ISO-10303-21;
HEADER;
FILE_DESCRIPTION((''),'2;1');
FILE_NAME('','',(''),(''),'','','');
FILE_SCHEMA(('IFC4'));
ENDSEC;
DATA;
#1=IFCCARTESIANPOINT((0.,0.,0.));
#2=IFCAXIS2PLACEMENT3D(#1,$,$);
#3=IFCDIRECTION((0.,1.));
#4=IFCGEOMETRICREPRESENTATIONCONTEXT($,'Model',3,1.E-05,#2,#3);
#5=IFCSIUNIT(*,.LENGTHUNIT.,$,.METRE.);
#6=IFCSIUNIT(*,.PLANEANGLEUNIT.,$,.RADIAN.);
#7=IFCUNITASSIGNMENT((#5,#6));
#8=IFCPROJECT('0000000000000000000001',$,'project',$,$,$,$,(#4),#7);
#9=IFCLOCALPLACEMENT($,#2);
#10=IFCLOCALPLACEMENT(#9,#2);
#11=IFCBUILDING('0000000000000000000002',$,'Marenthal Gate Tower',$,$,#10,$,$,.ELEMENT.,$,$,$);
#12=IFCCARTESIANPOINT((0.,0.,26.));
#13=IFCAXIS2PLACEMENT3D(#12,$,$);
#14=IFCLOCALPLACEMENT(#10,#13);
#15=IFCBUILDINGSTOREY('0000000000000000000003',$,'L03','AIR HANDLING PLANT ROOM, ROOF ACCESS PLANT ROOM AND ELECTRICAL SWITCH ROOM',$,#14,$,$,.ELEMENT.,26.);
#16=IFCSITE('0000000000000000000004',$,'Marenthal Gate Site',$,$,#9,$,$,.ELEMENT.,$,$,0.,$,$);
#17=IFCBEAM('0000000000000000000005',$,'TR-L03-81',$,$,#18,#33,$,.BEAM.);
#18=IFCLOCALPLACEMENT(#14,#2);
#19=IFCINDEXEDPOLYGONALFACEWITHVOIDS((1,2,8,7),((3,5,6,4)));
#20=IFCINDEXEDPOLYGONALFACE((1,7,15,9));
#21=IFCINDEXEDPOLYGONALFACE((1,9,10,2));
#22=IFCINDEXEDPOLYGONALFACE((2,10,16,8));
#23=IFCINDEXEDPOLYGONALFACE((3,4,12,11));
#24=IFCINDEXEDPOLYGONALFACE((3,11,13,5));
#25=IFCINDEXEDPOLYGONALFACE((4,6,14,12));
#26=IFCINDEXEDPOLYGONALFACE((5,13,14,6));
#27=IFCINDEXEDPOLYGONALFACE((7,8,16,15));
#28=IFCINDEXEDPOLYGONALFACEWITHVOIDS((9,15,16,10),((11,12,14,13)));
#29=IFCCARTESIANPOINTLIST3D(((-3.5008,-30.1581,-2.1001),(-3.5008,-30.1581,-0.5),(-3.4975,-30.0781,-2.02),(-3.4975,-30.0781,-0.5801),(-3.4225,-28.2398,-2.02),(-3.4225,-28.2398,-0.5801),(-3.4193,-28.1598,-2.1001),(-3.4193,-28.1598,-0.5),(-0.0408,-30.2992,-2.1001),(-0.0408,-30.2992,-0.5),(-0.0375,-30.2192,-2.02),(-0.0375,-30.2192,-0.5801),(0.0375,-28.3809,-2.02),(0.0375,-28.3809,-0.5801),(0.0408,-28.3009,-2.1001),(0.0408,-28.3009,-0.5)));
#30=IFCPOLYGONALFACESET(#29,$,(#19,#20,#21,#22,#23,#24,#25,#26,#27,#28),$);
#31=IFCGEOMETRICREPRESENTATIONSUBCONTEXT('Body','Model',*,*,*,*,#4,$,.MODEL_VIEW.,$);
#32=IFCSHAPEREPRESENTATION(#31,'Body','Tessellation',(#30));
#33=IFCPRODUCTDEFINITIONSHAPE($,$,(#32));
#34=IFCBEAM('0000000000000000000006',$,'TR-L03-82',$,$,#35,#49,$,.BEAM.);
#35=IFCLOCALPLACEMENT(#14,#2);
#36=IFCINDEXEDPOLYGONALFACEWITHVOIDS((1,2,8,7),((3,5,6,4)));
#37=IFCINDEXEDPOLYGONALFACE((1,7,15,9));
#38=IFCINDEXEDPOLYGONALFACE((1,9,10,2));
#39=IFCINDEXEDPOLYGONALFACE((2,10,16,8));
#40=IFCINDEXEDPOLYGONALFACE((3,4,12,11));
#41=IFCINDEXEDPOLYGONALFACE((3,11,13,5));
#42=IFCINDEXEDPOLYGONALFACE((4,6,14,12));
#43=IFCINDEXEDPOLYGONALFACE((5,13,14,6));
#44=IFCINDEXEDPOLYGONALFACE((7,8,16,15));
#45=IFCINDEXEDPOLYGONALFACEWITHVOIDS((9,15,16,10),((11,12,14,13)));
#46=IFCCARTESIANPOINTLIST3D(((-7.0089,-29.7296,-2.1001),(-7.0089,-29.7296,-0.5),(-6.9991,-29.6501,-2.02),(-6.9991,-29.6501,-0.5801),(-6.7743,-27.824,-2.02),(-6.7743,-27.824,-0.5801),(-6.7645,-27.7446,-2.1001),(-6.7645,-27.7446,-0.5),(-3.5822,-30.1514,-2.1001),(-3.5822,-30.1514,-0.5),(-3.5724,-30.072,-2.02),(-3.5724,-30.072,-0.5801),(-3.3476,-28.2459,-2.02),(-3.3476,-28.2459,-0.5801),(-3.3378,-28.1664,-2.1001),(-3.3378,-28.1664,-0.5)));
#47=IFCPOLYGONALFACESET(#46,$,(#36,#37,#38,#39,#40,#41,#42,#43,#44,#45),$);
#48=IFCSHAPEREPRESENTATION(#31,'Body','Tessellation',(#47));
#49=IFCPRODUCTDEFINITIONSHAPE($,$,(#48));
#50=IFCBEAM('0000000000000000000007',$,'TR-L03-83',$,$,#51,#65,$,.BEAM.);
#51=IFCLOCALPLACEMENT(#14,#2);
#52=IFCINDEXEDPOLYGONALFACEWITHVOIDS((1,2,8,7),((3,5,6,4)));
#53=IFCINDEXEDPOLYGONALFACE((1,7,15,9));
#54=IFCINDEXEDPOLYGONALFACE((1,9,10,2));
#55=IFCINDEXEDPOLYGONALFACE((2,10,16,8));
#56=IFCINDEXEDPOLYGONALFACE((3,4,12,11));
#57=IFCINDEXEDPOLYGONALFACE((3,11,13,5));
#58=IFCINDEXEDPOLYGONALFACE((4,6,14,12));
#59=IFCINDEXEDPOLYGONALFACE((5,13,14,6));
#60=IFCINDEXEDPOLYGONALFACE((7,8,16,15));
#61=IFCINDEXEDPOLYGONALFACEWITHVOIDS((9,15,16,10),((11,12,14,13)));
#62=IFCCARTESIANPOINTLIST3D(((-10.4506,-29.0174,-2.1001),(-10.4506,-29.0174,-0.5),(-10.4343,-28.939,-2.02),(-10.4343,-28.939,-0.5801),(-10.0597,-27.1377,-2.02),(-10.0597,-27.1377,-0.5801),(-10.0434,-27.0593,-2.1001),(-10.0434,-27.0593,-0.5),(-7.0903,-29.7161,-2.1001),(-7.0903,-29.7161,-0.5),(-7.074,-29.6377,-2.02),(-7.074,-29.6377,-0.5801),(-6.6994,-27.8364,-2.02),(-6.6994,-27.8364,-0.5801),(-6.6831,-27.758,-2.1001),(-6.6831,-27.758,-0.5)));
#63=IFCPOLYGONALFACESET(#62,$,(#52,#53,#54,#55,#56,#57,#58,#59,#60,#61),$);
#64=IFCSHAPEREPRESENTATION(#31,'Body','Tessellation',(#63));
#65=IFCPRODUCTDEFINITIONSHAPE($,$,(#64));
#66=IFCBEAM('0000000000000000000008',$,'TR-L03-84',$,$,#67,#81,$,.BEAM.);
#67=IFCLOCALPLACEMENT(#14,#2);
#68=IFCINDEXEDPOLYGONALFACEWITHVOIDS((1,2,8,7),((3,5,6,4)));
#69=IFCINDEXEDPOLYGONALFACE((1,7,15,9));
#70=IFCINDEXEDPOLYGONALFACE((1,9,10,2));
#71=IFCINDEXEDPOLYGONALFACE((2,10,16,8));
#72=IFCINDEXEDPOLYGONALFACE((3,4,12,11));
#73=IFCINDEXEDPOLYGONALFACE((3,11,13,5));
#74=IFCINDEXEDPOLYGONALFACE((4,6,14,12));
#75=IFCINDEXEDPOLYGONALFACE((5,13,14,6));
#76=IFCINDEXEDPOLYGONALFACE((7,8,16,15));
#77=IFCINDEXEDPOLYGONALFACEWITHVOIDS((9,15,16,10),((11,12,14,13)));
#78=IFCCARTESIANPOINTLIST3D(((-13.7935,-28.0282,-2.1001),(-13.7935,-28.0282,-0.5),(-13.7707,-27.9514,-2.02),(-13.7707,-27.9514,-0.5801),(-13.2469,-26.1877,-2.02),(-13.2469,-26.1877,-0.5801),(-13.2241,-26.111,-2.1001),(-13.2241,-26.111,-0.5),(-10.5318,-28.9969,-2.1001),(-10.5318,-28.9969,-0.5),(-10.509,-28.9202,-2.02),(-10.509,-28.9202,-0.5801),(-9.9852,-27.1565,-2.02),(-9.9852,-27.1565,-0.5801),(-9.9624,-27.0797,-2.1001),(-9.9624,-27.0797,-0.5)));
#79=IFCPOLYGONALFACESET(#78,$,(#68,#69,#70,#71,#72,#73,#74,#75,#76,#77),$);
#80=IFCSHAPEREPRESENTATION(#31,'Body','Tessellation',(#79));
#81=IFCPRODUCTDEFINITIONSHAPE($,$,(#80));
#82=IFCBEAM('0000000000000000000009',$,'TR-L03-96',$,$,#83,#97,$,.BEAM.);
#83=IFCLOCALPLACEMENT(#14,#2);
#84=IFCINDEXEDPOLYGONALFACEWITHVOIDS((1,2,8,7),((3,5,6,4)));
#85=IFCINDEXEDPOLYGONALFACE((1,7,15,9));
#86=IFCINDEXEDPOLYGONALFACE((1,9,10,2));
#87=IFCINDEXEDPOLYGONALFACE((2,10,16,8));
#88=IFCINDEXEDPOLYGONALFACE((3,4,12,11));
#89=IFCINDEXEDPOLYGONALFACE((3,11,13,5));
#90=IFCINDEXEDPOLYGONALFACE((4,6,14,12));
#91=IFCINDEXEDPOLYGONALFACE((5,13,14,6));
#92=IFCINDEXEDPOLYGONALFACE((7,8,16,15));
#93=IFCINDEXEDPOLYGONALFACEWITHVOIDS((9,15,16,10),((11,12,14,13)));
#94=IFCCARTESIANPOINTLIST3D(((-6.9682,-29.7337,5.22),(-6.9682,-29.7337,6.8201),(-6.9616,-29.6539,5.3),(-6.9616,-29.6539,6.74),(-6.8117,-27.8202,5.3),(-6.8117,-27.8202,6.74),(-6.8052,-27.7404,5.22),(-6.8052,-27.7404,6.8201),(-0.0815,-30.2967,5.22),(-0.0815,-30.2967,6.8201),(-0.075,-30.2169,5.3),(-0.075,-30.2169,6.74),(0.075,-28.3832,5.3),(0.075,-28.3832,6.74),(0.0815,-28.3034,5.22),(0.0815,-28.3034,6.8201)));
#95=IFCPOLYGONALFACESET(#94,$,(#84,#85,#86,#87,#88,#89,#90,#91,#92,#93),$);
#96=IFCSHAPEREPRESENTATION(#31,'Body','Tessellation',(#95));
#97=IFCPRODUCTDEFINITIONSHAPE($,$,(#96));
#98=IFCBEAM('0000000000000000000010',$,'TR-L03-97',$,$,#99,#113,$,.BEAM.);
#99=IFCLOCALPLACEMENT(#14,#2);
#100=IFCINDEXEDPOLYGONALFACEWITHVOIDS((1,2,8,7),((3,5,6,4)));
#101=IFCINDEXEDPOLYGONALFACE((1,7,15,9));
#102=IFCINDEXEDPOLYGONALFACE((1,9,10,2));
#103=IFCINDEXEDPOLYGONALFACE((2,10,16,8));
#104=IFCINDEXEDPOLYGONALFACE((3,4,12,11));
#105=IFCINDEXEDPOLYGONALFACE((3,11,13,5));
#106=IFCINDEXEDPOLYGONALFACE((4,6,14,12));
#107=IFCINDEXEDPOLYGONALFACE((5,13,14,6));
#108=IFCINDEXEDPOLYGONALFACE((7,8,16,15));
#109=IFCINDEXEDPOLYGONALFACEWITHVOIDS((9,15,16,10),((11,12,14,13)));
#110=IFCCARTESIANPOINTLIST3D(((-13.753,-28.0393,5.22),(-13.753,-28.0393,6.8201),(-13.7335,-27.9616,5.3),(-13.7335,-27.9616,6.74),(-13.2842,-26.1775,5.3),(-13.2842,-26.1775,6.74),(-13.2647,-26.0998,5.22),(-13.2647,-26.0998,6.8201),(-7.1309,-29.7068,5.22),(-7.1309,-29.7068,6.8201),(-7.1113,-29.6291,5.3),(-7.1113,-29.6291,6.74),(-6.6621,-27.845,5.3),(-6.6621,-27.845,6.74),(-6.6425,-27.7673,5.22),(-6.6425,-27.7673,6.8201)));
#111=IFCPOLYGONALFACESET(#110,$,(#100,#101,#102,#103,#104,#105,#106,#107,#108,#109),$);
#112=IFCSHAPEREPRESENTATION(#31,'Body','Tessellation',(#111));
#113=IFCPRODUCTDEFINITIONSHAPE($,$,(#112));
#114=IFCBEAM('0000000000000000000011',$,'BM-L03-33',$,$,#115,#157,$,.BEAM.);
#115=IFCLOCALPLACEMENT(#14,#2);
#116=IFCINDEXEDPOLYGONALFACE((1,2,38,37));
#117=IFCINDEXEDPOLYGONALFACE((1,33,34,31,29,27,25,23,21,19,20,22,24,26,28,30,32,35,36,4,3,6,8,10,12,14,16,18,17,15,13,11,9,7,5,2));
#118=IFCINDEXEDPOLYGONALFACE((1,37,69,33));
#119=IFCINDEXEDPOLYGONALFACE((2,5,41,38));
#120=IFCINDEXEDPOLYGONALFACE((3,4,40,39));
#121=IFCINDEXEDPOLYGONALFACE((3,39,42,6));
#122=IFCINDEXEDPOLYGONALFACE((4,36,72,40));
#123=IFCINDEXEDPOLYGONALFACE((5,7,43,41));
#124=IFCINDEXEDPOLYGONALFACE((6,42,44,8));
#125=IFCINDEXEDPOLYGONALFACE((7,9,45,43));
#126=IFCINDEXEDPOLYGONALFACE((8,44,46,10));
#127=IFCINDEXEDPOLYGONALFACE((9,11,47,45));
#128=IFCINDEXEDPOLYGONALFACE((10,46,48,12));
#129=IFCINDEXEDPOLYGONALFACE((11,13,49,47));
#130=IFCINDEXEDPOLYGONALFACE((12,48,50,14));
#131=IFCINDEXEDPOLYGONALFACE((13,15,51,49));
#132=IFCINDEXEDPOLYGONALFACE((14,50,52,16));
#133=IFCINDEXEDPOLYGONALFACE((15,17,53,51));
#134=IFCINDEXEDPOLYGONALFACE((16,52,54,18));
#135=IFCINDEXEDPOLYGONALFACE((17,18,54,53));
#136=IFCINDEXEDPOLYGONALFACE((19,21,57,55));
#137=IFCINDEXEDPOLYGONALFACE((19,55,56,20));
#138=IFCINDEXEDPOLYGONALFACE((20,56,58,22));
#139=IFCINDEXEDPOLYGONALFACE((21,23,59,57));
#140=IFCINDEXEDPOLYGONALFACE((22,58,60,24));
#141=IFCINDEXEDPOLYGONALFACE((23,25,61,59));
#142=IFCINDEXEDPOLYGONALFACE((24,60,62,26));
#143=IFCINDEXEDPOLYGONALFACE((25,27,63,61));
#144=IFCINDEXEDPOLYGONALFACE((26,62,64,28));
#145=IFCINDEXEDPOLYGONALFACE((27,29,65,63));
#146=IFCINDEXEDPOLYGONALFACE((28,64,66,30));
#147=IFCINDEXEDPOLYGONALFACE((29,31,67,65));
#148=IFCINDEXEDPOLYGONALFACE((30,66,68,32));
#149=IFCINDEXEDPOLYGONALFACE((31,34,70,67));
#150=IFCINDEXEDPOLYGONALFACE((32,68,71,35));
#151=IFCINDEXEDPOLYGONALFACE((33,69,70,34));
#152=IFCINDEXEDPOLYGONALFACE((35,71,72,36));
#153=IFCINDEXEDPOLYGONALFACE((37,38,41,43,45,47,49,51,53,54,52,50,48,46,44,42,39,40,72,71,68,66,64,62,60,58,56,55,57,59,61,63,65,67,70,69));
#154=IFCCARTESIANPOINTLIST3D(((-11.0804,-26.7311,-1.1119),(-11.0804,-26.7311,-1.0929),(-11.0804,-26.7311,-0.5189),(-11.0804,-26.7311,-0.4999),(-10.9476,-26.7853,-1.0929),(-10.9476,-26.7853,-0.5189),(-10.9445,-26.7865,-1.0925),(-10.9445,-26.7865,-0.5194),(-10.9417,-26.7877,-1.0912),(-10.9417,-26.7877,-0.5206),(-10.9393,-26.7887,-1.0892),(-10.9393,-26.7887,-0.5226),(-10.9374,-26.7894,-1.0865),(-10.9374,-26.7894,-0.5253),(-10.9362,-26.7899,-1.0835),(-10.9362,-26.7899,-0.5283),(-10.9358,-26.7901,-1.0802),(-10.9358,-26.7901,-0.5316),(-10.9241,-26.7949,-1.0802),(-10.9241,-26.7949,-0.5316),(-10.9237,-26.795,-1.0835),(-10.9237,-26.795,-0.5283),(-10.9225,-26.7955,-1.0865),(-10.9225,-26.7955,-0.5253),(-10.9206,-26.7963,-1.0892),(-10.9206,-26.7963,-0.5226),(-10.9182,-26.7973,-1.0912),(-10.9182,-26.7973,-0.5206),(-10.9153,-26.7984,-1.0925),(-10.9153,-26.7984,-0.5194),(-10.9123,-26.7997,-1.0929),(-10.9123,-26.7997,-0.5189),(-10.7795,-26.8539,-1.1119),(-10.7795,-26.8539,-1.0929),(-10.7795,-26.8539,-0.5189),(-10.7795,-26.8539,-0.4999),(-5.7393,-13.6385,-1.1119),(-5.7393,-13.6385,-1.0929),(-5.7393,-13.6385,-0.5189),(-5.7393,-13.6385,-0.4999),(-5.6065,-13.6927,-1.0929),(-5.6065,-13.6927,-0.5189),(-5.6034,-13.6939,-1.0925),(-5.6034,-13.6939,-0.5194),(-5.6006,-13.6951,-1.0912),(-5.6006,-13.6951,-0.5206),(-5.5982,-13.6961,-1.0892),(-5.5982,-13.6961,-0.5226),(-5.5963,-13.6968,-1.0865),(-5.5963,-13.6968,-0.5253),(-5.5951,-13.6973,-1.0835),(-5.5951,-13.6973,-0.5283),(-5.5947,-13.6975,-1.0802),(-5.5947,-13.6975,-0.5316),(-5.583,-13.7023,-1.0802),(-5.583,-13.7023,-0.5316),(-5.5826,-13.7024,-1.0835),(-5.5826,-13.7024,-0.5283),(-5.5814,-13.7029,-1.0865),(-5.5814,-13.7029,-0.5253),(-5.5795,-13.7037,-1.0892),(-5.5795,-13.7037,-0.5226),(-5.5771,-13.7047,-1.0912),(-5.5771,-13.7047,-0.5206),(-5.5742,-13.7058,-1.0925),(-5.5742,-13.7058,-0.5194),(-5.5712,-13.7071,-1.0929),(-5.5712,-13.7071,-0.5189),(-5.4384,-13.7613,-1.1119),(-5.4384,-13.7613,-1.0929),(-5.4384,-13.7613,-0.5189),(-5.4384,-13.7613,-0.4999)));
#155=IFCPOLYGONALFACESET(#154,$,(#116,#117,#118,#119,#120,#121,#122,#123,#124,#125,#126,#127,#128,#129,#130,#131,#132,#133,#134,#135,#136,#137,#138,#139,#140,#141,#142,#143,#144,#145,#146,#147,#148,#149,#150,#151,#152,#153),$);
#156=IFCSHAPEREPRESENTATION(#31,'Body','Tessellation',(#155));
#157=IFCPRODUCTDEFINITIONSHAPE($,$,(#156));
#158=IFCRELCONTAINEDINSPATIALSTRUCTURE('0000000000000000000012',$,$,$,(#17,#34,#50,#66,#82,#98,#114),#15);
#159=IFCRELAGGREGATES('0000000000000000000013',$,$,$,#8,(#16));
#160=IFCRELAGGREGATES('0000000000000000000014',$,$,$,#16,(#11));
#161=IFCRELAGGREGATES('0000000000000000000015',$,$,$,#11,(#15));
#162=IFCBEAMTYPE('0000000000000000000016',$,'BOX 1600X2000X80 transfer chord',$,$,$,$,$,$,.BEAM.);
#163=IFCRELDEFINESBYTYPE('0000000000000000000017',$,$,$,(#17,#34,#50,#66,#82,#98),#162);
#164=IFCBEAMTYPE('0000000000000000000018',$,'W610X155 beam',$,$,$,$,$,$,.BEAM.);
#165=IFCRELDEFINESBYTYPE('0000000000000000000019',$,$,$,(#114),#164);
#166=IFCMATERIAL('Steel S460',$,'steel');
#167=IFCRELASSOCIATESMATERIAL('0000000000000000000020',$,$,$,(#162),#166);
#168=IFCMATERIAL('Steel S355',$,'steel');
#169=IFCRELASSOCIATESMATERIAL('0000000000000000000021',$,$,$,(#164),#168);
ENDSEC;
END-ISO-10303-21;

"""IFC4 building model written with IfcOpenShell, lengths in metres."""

from ifc_helpers import new_model, si_unit, direction, frame, origin, origin_2d, place, context, subcontext, project, spatial, hollow_rectangle, i_section, extrude, material, material_profile, profile_set, type_object, element, save


model = new_model("IFC4")

# Units and contexts
model_context = context("Model", 3, precision=1e-05, world=origin(), true_north=direction((0.0, 1.0)))
body_context = subcontext(model_context, "Body", "Model", "MODEL_VIEW")
ifc_project = project(units=[si_unit("LENGTHUNIT", "METRE"), si_unit("PLANEANGLEUNIT", "RADIAN")], contexts=[model_context])

# Site, building, storey
site_placement = place(None, origin())
site = spatial("IfcSite", under=ifc_project, at=site_placement, Name="Marenthal Gate Site", CompositionType="ELEMENT", RefElevation=0.0)
building_placement = place(site_placement, origin())
building = spatial("IfcBuilding", under=site, at=building_placement, Name="Marenthal Gate Tower", CompositionType="ELEMENT")
storey_placement = place(building_placement, frame((0.0, 0.0, 26.0)))
storey = spatial("IfcBuildingStorey", under=building, at=storey_placement, Name="L03", Description="AIR HANDLING PLANT ROOM, ROOF ACCESS PLANT ROOM AND ELECTRICAL SWITCH ROOM", CompositionType="ELEMENT", Elevation=26.0)

# Beams
ifc_material_1 = material(Name="Steel S460", Category="steel")
ifc_material_profile_1 = material_profile(ifc_material_1, hollow_rectangle(XDim=2.0, YDim=1.6001, WallThickness=0.0801, at=origin_2d()), Name="BOX 1600X2000X80")
ifc_profile_set_1 = profile_set([ifc_material_profile_1], Name="Steel S460")
beam_type_1 = type_object("IfcBeamType", Name="BOX 1600X2000X80 transfer chord", PredefinedType="BEAM", material=ifc_profile_set_1)
beam_1_placement = place(storey_placement, frame((0.0, -29.3, -1.3), z_axis=(-0.999169, 0.040751, 0.0), x_axis=(-0.040751, -0.999169, 0.0)))
element("IfcBeam", 1, at=beam_1_placement, inside=storey, type_object=beam_type_1, Name="TR-L03-81", PredefinedType="BEAM", context=body_context, shape_type="SweptSolid", body=[
    extrude(hollow_rectangle(XDim=2.0, YDim=1.6001, WallThickness=0.0801, at=origin_2d()), origin(), (0.0, 0.0, 1.0), 3.4629),
])
beam_2_placement = place(storey_placement, frame((-3.46, -29.1589, -1.3), z_axis=(-0.992507, 0.122189, 0.0), x_axis=(-0.122189, -0.992507, 0.0)))
element("IfcBeam", 2, at=beam_2_placement, inside=storey, type_object=beam_type_1, Name="TR-L03-82", PredefinedType="BEAM", context=body_context, shape_type="SweptSolid", body=[
    extrude(hollow_rectangle(XDim=2.0, YDim=1.6001, WallThickness=0.0801, at=origin_2d()), origin(), (0.0, 0.0, 1.0), 3.4526),
])
beam_3_placement = place(storey_placement, frame((-6.8867, -28.7371, -1.3), z_axis=(-0.979058, 0.203579, 0.0), x_axis=(-0.203579, -0.979058, 0.0)))
element("IfcBeam", 3, at=beam_3_placement, inside=storey, type_object=beam_type_1, Name="TR-L03-83", PredefinedType="BEAM", context=body_context, shape_type="SweptSolid", body=[
    extrude(hollow_rectangle(XDim=2.0, YDim=1.6001, WallThickness=0.0801, at=origin_2d()), origin(), (0.0, 0.0, 1.0), 3.4321),
])
beam_4_placement = place(storey_placement, frame((-10.2471, -28.0383, -1.3), z_axis=(-0.958613, 0.284714, 0.0), x_axis=(-0.284714, -0.958613, 0.0)))
element("IfcBeam", 4, at=beam_4_placement, inside=storey, type_object=beam_type_1, Name="TR-L03-84", PredefinedType="BEAM", context=body_context, shape_type="SweptSolid", body=[
    extrude(hollow_rectangle(XDim=2.0, YDim=1.6001, WallThickness=0.0801, at=origin_2d()), origin(), (0.0, 0.0, 1.0), 3.4026),
])
beam_5_placement = place(storey_placement, frame((0.0, -29.3, 6.02), z_axis=(-0.996675, 0.081478, 0.0), x_axis=(-0.081478, -0.996675, 0.0)))
element("IfcBeam", 5, at=beam_5_placement, inside=storey, type_object=beam_type_1, Name="TR-L03-96", PredefinedType="BEAM", context=body_context, shape_type="SweptSolid", body=[
    extrude(hollow_rectangle(XDim=2.0, YDim=1.6001, WallThickness=0.0801, at=origin_2d()), origin(), (0.0, 0.0, 1.0), 6.9097),
])
beam_6_placement = place(storey_placement, frame((-6.8867, -28.7371, 6.02), z_axis=(-0.969729, 0.244184, 0.0), x_axis=(-0.244184, -0.969729, 0.0)))
element("IfcBeam", 6, at=beam_6_placement, inside=storey, type_object=beam_type_1, Name="TR-L03-97", PredefinedType="BEAM", context=body_context, shape_type="SweptSolid", body=[
    extrude(hollow_rectangle(XDim=2.0, YDim=1.6001, WallThickness=0.0801, at=origin_2d()), origin(), (0.0, 0.0, 1.0), 6.8289),
])
ifc_material_2 = material(Name="Steel S355", Category="steel")
ifc_material_profile_2 = material_profile(ifc_material_2, i_section(OverallWidth=0.325, OverallDepth=0.6121, WebThickness=0.0127, FlangeThickness=0.019, FilletRadius=0.0127, at=origin_2d()), Name="W610X155")
ifc_profile_set_2 = profile_set([ifc_material_profile_2], Name="Steel S355")
beam_type_2 = type_object("IfcBeamType", Name="W610X155 beam", PredefinedType="BEAM", material=ifc_profile_set_2)
beam_7_placement = place(storey_placement, frame((-10.9299, -26.7925, -0.8059), z_axis=(0.377726, 0.925918, 0.0), x_axis=(-0.925918, 0.377726, 0.0)))
element("IfcBeam", 7, at=beam_7_placement, inside=storey, type_object=beam_type_2, Name="BM-L03-33", PredefinedType="BEAM", context=body_context, shape_type="SweptSolid", body=[
    extrude(i_section(OverallWidth=0.325, OverallDepth=0.6121, WebThickness=0.0127, FlangeThickness=0.019, FilletRadius=0.0127, at=origin_2d()), origin(), (0.0, 0.0, 1.0), 14.1401),
])

save(model, "model.ifc")
